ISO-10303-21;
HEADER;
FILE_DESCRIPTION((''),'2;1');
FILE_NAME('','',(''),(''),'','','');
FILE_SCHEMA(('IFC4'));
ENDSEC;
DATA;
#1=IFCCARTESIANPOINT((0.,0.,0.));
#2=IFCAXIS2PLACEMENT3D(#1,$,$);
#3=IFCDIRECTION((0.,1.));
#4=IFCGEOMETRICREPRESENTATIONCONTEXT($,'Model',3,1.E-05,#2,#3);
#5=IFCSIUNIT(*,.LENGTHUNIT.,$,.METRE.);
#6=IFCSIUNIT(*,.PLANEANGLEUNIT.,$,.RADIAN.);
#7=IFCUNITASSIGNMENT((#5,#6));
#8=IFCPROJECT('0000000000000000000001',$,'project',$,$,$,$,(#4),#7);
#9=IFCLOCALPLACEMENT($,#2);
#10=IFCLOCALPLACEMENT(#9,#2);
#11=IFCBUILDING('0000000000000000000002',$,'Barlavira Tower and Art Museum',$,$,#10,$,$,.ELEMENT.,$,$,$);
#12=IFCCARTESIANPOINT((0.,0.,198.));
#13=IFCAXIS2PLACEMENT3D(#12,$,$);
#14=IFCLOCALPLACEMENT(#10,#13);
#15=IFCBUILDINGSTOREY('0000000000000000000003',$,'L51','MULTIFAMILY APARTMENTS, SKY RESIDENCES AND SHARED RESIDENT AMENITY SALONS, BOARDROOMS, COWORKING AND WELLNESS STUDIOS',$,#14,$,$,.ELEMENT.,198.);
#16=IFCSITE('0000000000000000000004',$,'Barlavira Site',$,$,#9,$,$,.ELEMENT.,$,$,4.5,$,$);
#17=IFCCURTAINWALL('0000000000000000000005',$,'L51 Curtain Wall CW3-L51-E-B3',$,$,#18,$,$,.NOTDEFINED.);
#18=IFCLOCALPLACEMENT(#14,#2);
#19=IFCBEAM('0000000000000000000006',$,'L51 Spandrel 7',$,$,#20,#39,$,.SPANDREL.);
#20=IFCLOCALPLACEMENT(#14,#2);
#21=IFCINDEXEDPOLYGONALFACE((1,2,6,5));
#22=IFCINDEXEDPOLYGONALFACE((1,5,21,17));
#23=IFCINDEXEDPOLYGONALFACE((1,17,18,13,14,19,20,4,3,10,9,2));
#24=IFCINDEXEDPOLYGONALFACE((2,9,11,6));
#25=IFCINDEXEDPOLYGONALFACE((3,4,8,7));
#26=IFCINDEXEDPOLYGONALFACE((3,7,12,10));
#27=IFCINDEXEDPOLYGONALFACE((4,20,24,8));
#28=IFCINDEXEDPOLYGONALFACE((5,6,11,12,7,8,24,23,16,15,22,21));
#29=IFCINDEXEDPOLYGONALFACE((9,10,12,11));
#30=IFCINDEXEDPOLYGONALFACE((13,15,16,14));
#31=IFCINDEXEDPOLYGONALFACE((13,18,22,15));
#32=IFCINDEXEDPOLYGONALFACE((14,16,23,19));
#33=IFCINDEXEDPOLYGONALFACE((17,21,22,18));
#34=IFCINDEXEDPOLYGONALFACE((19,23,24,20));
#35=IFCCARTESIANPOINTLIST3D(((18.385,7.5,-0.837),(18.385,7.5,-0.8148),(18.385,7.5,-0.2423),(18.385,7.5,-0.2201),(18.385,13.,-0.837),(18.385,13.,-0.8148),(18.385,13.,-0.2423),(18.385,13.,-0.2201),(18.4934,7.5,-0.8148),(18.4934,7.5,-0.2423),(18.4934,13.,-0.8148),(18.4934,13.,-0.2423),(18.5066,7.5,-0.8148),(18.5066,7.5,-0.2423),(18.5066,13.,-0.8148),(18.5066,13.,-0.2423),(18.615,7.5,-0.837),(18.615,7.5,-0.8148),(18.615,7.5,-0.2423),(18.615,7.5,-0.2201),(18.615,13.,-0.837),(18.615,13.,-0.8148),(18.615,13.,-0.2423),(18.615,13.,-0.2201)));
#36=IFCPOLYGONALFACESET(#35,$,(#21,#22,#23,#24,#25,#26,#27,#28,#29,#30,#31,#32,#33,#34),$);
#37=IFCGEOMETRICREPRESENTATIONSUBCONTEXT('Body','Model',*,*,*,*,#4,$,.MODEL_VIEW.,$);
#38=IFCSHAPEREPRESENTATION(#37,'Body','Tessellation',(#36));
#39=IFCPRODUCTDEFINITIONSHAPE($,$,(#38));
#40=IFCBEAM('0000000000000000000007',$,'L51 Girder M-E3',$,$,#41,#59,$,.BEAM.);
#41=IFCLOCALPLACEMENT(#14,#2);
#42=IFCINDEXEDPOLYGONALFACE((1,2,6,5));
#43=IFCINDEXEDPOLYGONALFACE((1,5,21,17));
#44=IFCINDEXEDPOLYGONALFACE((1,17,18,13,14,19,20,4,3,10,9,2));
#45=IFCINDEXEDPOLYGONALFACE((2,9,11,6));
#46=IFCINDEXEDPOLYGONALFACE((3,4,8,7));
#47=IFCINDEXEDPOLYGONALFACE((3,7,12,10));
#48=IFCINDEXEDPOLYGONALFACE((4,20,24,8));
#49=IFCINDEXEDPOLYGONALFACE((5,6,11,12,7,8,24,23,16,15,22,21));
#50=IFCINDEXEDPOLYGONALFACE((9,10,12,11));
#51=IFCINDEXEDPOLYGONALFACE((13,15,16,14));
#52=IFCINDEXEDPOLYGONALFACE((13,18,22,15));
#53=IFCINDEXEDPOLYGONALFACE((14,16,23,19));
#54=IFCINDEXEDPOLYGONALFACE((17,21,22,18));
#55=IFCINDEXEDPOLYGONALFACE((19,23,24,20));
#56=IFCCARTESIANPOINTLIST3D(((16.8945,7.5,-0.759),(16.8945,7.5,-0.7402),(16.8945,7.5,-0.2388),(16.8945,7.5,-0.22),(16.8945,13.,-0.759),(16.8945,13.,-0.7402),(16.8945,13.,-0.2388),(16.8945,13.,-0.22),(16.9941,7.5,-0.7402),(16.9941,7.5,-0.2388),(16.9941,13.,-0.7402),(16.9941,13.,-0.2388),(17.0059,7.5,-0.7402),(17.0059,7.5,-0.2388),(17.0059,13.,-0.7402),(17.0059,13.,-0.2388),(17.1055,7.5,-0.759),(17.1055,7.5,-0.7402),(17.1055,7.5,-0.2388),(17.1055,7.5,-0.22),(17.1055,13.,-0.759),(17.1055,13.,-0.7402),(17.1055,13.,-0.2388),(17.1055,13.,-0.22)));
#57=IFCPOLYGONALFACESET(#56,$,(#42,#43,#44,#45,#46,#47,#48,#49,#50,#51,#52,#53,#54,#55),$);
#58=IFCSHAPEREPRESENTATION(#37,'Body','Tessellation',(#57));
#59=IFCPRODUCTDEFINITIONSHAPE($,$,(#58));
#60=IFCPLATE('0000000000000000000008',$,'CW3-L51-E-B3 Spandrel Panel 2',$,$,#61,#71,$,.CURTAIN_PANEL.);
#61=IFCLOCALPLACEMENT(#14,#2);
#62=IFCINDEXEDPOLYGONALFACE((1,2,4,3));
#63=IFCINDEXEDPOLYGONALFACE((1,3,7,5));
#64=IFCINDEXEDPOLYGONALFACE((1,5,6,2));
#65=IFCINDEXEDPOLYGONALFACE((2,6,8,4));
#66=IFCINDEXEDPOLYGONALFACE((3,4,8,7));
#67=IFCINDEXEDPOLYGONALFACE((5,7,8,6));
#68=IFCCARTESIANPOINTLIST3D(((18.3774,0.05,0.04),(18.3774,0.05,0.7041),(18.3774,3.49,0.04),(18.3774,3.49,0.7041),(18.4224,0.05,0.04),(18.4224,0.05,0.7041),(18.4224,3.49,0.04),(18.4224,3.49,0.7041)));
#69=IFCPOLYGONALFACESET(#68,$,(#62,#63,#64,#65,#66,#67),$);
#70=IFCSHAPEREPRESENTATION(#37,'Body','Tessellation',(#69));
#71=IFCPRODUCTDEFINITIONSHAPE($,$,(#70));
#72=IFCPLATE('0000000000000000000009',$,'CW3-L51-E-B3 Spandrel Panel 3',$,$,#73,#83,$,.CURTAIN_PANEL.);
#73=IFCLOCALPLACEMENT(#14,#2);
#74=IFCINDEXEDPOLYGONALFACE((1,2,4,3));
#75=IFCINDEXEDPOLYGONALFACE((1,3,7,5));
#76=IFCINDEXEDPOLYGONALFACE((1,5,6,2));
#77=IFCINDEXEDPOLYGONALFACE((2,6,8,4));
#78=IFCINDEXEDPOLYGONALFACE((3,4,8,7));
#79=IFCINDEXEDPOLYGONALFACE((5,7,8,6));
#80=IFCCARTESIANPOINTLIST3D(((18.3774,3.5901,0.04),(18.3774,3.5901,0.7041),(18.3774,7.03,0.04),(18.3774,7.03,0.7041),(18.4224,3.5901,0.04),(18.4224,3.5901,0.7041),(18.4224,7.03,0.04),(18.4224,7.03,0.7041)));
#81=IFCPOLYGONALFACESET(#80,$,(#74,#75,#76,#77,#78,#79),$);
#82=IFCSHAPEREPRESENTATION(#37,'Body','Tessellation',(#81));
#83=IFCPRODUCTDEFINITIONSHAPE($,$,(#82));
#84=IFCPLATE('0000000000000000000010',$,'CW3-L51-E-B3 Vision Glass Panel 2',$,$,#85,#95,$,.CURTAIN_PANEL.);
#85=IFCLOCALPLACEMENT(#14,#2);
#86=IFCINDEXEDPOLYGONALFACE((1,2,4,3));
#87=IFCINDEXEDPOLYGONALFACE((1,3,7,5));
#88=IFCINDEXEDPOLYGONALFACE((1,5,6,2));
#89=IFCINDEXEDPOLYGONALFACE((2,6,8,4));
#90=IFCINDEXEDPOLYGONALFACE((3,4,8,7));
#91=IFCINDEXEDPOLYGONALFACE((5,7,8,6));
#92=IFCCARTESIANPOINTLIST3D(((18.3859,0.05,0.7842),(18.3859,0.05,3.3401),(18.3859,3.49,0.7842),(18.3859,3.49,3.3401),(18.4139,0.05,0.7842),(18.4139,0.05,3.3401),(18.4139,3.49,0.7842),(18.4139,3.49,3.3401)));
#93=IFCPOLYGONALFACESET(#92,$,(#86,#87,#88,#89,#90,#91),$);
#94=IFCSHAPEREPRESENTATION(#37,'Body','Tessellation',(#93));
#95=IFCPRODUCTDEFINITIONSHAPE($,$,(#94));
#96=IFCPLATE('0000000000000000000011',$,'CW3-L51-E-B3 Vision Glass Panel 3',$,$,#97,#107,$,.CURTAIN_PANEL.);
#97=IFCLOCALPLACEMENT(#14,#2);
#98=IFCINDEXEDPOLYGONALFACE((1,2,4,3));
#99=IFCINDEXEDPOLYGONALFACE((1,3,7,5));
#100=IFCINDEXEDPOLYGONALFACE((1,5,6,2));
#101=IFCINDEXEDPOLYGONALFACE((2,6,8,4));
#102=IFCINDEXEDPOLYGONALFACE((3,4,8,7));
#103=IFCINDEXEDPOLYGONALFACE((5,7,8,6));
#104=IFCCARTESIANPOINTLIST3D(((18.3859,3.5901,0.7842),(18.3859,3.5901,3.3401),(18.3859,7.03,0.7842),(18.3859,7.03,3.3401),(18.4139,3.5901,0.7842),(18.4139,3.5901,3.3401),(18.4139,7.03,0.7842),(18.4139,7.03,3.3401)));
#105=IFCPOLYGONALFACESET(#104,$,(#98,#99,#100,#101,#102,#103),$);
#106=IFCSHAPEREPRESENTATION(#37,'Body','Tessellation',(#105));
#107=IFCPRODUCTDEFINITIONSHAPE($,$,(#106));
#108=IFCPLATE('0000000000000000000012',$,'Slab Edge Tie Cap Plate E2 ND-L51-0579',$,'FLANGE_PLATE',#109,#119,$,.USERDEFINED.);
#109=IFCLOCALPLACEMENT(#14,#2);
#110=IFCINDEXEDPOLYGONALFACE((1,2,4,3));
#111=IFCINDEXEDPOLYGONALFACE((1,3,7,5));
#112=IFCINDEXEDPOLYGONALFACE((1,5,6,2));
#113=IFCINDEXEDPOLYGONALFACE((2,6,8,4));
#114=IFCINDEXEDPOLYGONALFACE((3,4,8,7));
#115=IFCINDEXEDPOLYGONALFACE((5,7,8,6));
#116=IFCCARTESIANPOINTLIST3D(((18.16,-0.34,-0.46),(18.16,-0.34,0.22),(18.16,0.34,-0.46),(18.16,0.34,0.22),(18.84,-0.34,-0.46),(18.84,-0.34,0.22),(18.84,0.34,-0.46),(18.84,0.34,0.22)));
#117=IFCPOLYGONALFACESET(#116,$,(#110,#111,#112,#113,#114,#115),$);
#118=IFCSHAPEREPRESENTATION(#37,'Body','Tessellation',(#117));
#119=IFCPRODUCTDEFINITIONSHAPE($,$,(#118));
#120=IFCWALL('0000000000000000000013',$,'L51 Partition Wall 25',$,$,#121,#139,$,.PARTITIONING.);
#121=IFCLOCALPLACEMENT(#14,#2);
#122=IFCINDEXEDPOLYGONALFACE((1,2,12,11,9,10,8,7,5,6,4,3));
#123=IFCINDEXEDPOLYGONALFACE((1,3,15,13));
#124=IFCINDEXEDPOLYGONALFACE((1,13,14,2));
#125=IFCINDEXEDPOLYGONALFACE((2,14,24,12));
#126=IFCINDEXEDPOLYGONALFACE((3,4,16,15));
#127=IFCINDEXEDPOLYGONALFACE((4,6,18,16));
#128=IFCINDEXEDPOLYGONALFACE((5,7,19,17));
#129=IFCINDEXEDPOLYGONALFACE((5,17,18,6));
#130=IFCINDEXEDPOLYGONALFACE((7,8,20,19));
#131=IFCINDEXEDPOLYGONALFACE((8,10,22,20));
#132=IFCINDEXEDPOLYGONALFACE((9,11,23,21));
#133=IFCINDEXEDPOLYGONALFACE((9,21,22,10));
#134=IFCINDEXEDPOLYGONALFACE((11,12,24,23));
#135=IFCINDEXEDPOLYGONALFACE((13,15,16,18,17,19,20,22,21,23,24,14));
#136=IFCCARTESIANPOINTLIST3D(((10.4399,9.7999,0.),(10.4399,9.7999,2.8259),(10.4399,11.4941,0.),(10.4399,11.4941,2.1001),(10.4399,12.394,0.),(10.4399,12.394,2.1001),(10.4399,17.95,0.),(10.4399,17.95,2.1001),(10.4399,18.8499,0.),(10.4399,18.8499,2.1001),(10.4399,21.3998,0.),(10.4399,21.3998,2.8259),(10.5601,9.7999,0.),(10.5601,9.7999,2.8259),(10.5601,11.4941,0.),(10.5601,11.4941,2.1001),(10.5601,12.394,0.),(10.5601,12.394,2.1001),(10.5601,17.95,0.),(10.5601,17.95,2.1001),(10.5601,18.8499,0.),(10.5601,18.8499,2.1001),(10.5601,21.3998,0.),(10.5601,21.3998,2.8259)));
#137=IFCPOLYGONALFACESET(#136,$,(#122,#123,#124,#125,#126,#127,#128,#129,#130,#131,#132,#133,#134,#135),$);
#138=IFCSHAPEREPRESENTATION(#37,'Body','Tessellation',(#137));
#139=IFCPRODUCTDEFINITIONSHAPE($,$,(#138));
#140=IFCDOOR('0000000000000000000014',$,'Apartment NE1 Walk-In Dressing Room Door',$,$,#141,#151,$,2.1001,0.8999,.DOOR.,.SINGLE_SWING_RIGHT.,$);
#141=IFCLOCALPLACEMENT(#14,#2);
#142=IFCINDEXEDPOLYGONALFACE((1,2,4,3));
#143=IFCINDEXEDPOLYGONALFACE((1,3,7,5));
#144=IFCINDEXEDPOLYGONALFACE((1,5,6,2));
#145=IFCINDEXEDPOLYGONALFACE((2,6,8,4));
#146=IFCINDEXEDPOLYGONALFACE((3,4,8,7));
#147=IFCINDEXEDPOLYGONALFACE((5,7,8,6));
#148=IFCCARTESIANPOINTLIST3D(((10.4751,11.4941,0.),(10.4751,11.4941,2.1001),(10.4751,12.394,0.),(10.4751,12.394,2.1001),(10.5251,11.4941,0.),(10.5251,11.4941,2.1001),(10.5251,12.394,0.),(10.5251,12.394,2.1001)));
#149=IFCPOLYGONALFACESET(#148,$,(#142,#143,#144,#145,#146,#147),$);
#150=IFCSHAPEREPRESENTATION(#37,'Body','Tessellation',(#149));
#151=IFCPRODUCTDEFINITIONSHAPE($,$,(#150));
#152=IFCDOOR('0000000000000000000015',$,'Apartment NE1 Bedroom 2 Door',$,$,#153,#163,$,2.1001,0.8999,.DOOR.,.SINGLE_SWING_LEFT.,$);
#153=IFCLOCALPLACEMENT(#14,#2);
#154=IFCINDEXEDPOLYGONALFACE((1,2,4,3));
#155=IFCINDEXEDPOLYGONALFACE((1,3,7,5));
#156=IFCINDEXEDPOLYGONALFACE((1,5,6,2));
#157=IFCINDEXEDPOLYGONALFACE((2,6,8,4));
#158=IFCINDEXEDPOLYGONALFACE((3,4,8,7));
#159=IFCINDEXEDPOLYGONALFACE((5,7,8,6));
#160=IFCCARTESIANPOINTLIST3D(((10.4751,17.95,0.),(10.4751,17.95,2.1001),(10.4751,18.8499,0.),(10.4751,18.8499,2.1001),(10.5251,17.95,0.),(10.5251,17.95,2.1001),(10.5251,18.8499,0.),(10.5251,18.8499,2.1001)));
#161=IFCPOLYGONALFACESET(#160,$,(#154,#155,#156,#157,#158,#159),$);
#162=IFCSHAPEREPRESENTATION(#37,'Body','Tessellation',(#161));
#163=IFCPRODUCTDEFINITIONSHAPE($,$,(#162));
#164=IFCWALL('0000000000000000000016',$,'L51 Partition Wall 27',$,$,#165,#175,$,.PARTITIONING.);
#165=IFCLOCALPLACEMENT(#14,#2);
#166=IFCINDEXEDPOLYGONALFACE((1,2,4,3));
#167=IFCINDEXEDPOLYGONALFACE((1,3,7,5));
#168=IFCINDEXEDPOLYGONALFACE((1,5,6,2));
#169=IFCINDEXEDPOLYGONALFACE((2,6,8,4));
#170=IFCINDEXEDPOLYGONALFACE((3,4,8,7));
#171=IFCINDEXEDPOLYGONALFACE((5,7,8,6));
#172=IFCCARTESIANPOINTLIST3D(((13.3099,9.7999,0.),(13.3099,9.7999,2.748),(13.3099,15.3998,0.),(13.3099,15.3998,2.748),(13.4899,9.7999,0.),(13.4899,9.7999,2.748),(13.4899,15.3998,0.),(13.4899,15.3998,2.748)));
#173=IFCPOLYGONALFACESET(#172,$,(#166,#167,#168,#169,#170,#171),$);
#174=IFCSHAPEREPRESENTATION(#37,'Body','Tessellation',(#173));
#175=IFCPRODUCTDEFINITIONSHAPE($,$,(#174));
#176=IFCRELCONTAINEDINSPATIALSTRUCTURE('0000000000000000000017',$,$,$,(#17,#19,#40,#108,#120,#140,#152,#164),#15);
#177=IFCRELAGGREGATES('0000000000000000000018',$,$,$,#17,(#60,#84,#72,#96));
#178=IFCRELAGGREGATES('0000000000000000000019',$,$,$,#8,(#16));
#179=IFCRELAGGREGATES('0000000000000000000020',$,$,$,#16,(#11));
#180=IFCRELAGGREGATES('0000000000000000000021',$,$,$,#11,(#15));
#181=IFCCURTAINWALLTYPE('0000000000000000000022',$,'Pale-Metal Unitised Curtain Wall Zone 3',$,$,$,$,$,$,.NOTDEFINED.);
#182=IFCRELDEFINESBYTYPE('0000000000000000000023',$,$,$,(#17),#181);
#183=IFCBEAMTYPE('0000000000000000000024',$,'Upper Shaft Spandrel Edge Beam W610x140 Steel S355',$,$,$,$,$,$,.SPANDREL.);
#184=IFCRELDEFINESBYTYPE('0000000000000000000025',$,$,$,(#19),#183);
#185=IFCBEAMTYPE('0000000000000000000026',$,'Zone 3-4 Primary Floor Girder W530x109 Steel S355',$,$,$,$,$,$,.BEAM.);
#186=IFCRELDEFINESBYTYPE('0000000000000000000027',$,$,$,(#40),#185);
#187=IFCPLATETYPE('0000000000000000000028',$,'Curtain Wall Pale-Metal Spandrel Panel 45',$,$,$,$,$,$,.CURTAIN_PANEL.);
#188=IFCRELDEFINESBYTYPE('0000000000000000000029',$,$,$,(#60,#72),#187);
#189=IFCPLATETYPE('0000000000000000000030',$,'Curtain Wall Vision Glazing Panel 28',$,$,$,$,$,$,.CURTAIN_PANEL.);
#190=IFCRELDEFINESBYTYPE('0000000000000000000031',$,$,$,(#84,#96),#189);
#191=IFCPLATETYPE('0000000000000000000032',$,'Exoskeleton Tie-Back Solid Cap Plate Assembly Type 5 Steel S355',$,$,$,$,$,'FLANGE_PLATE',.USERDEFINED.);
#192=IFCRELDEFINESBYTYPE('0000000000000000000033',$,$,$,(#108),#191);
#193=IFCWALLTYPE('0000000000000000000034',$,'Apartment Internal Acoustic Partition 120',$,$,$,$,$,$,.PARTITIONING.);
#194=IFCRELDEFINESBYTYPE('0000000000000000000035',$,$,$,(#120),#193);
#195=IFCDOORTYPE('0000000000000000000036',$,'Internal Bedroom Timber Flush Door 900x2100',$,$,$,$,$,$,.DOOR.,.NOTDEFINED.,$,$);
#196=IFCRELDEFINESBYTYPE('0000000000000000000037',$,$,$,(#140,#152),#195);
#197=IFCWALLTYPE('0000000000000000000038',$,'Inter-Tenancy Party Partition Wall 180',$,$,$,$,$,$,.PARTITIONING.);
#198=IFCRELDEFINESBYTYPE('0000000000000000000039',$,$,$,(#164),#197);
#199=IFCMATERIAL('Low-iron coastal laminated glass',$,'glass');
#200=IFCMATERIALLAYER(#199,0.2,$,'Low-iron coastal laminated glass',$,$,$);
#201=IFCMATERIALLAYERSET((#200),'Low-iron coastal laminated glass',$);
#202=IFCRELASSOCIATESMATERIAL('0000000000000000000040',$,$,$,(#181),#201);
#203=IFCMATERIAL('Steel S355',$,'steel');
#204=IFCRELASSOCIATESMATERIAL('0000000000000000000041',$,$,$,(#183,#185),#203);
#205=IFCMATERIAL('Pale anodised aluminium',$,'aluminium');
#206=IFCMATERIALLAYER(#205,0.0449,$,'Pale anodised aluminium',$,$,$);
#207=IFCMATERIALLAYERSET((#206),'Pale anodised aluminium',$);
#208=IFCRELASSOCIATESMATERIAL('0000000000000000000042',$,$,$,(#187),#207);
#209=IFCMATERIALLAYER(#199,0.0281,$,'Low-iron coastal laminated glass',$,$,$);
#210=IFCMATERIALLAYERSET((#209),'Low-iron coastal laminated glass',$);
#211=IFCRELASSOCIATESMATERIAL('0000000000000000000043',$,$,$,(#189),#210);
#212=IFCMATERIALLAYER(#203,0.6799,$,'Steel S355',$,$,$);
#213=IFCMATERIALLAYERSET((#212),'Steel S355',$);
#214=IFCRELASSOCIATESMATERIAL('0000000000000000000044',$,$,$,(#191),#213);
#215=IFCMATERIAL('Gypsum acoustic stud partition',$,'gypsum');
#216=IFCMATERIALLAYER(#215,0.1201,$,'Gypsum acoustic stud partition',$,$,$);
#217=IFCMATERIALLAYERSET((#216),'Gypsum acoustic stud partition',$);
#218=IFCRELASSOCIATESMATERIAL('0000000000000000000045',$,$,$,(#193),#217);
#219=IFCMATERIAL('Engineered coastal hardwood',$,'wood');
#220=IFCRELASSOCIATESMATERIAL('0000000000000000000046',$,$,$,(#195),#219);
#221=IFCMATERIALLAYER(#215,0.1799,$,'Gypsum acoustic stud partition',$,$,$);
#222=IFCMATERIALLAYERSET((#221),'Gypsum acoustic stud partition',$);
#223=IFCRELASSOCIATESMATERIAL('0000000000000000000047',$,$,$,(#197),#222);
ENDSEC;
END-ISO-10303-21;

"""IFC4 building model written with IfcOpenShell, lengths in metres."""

from ifc_helpers import new_model, si_unit, direction, frame, frame_2d, origin, origin_2d, place, context, subcontext, project, spatial, rectangle, i_section, extrude, material, layer, layer_set, material_profile, profile_set, type_object, element, fill, aggregate, save


model = new_model("IFC4")

# Units and contexts
model_context = context("Model", 3, precision=1e-05, world=origin(), true_north=direction((0.0, 1.0)))
body_context = subcontext(model_context, "Body", "Model", "MODEL_VIEW")
ifc_project = project(units=[si_unit("LENGTHUNIT", "METRE"), si_unit("PLANEANGLEUNIT", "RADIAN")], contexts=[model_context])

# Site, building, storey
site_placement = place(None, origin())
site = spatial("IfcSite", under=ifc_project, at=site_placement, Name="Barlavira Site", CompositionType="ELEMENT", RefElevation=4.5)
building_placement = place(site_placement, origin())
building = spatial("IfcBuilding", under=site, at=building_placement, Name="Barlavira Tower and Art Museum", CompositionType="ELEMENT")
storey_placement = place(building_placement, frame((0.0, 0.0, 198.0)))
storey = spatial("IfcBuildingStorey", under=building, at=storey_placement, Name="L51", Description="MULTIFAMILY APARTMENTS, SKY RESIDENCES AND SHARED RESIDENT AMENITY SALONS, BOARDROOMS, COWORKING AND WELLNESS STUDIOS", CompositionType="ELEMENT", Elevation=198.0)

# Curtain wall
ifc_material_1 = material(Name="Low-iron coastal laminated glass", Category="glass")
ifc_layer_1 = layer(ifc_material_1, 0.2, Name="Low-iron coastal laminated glass")
ifc_layer_set_1 = layer_set([ifc_layer_1], Name="Low-iron coastal laminated glass")
curtain_wall_type = type_object("IfcCurtainWallType", Name="Pale-Metal Unitised Curtain Wall Zone 3", PredefinedType="NOTDEFINED", material=ifc_layer_set_1)
curtain_wall_placement = place(storey_placement, origin())
curtain_wall = element("IfcCurtainWall", 1, at=curtain_wall_placement, inside=storey, type_object=curtain_wall_type, Name="L51 Curtain Wall CW3-L51-E-B3", PredefinedType="NOTDEFINED")
ifc_material_2 = material(Name="Pale anodised aluminium", Category="aluminium")

# Shared definitions
ifc_material_3 = material(Name="Steel S355", Category="steel")

# Beams
ifc_material_profile_1 = material_profile(ifc_material_3, i_section(OverallWidth=0.23, OverallDepth=0.6169, WebThickness=0.0132, FlangeThickness=0.0222, at=origin_2d()), Name="W610x140.0")
ifc_profile_set_1 = profile_set([ifc_material_profile_1], Name="Steel S355")
beam_type_1 = type_object("IfcBeamType", Name="Upper Shaft Spandrel Edge Beam W610x140 Steel S355", PredefinedType="SPANDREL", material=ifc_profile_set_1)
beam_1_placement = place(storey_placement, frame((18.5, 7.5, -0.5286), z_axis=(0.0, 1.0, 0.0), x_axis=(-1.0, 0.0, 0.0)))
element("IfcBeam", 2, at=beam_1_placement, inside=storey, type_object=beam_type_1, Name="L51 Spandrel 7", PredefinedType="SPANDREL", context=body_context, shape_type="SweptSolid", body=[
    extrude(i_section(OverallWidth=0.23, OverallDepth=0.6169, WebThickness=0.0132, FlangeThickness=0.0222, at=origin_2d()), origin(), (0.0, 0.0, 1.0), 5.5),
])
ifc_material_profile_2 = material_profile(ifc_material_3, i_section(OverallWidth=0.2109, OverallDepth=0.5391, WebThickness=0.0117, FlangeThickness=0.0188, at=origin_2d()), Name="W530x109.0")
ifc_profile_set_2 = profile_set([ifc_material_profile_2], Name="Steel S355")
beam_type_2 = type_object("IfcBeamType", Name="Zone 3-4 Primary Floor Girder W530x109 Steel S355", PredefinedType="BEAM", material=ifc_profile_set_2)
beam_2_placement = place(storey_placement, frame((17.0, 7.5, -0.4895), z_axis=(0.0, 1.0, 0.0), x_axis=(-1.0, 0.0, 0.0)))
element("IfcBeam", 3, at=beam_2_placement, inside=storey, type_object=beam_type_2, Name="L51 Girder M-E3", PredefinedType="BEAM", context=body_context, shape_type="SweptSolid", body=[
    extrude(i_section(OverallWidth=0.2109, OverallDepth=0.5391, WebThickness=0.0117, FlangeThickness=0.0188, at=origin_2d()), origin(), (0.0, 0.0, 1.0), 5.5),
])

# Plates
ifc_layer_2 = layer(ifc_material_2, 0.0449, Name="Pale anodised aluminium")
ifc_layer_set_2 = layer_set([ifc_layer_2], Name="Pale anodised aluminium")
plate_type_1 = type_object("IfcPlateType", Name="Curtain Wall Pale-Metal Spandrel Panel 45", PredefinedType="CURTAIN_PANEL", material=ifc_layer_set_2)
plate_1_placement = place(storey_placement, frame((18.3999, 1.77, 0.04), z_axis=(0.0, 0.0, 1.0), x_axis=(0.0, 1.0, 0.0)))
plate_1 = element("IfcPlate", 4, at=plate_1_placement, type_object=plate_type_1, Name="CW3-L51-E-B3 Spandrel Panel 2", PredefinedType="CURTAIN_PANEL", context=body_context, shape_type="SweptSolid", body=[
    extrude(rectangle(XDim=3.4399, YDim=0.0449, at=origin_2d()), origin(), (0.0, 0.0, 1.0), 0.6641),
])
plate_2_placement = place(storey_placement, frame((18.3999, 5.3101, 0.04), z_axis=(0.0, 0.0, 1.0), x_axis=(0.0, 1.0, 0.0)))
plate_2 = element("IfcPlate", 5, at=plate_2_placement, type_object=plate_type_1, Name="CW3-L51-E-B3 Spandrel Panel 3", PredefinedType="CURTAIN_PANEL", context=body_context, shape_type="SweptSolid", body=[
    extrude(rectangle(XDim=3.4399, YDim=0.0449, at=origin_2d()), origin(), (0.0, 0.0, 1.0), 0.6641),
])
ifc_layer_3 = layer(ifc_material_1, 0.0281, Name="Low-iron coastal laminated glass")
ifc_layer_set_3 = layer_set([ifc_layer_3], Name="Low-iron coastal laminated glass")
plate_type_2 = type_object("IfcPlateType", Name="Curtain Wall Vision Glazing Panel 28", PredefinedType="CURTAIN_PANEL", material=ifc_layer_set_3)
plate_3_placement = place(storey_placement, frame((18.3999, 1.77, 0.7842), z_axis=(0.0, 0.0, 1.0), x_axis=(0.0, 1.0, 0.0)))
plate_3 = element("IfcPlate", 6, at=plate_3_placement, type_object=plate_type_2, Name="CW3-L51-E-B3 Vision Glass Panel 2", PredefinedType="CURTAIN_PANEL", context=body_context, shape_type="SweptSolid", body=[
    extrude(rectangle(XDim=3.4399, YDim=0.0281, at=origin_2d()), origin(), (0.0, 0.0, 1.0), 2.5559),
])
plate_4_placement = place(storey_placement, frame((18.3999, 5.3101, 0.7842), z_axis=(0.0, 0.0, 1.0), x_axis=(0.0, 1.0, 0.0)))
plate_4 = element("IfcPlate", 7, at=plate_4_placement, type_object=plate_type_2, Name="CW3-L51-E-B3 Vision Glass Panel 3", PredefinedType="CURTAIN_PANEL", context=body_context, shape_type="SweptSolid", body=[
    extrude(rectangle(XDim=3.4399, YDim=0.0281, at=origin_2d()), origin(), (0.0, 0.0, 1.0), 2.5559),
])
aggregate(curtain_wall, [plate_1, plate_3, plate_2, plate_4])
ifc_layer_4 = layer(ifc_material_3, 0.6799, Name="Steel S355")
ifc_layer_set_4 = layer_set([ifc_layer_4], Name="Steel S355")
plate_type_3 = type_object("IfcPlateType", Name="Exoskeleton Tie-Back Solid Cap Plate Assembly Type 5 Steel S355", ElementType="FLANGE_PLATE", PredefinedType="USERDEFINED", material=ifc_layer_set_4)
plate_5_placement = place(storey_placement, frame((18.5, 0.0, -0.46), z_axis=(0.0, 0.0, 1.0), x_axis=(1.0, 0.0, 0.0)))
element("IfcPlate", 8, at=plate_5_placement, inside=storey, type_object=plate_type_3, Name="Slab Edge Tie Cap Plate E2 ND-L51-0579", ObjectType="FLANGE_PLATE", PredefinedType="USERDEFINED", context=body_context, shape_type="SweptSolid", body=[
    extrude(rectangle(XDim=0.6799, YDim=0.6799, at=origin_2d()), origin(), (0.0, 0.0, 1.0), 0.6799),
])

# Wall, openings, doors
ifc_material_4 = material(Name="Gypsum acoustic stud partition", Category="gypsum")
ifc_layer_5 = layer(ifc_material_4, 0.1201, Name="Gypsum acoustic stud partition")
ifc_layer_set_5 = layer_set([ifc_layer_5], Name="Gypsum acoustic stud partition")
wall_type_1 = type_object("IfcWallType", Name="Apartment Internal Acoustic Partition 120", PredefinedType="PARTITIONING", material=ifc_layer_set_5)
wall_1_placement = place(storey_placement, frame((10.5, 9.8, 0.0), z_axis=(0.0, 0.0, 1.0), x_axis=(0.0, 1.0, 0.0)))
wall_1 = element("IfcWall", 9, at=wall_1_placement, inside=storey, type_object=wall_type_1, Name="L51 Partition Wall 25", PredefinedType="PARTITIONING", context=body_context, shape_type="SweptSolid", body=[
    extrude(rectangle(XDim=11.5999, YDim=0.1201, at=frame_2d((5.7998, 0.0))), origin(), (0.0, 0.0, 1.0), 2.8259),
])
opening_1_placement = place(wall_1_placement, frame((1.6941, 0.0, 0.0)))
opening_1 = element("IfcOpeningElement", 10, at=opening_1_placement, cuts=wall_1, PredefinedType="OPENING", context=body_context, shape_type="SweptSolid", body=[
    extrude(rectangle(XDim=0.8999, YDim=2.1001, at=frame_2d((0.45, 1.05))), frame((0.0, 0.0701, 0.0), z_axis=(0.0, -1.0, 0.0), x_axis=(1.0, 0.0, 0.0)), (0.0, 0.0, 1.0), 0.1401),
])
opening_2_placement = place(wall_1_placement, frame((8.1499, 0.0, 0.0)))
opening_2 = element("IfcOpeningElement", 11, at=opening_2_placement, cuts=wall_1, PredefinedType="OPENING", context=body_context, shape_type="SweptSolid", body=[
    extrude(rectangle(XDim=0.8999, YDim=2.1001, at=frame_2d((0.45, 1.05))), frame((0.0, 0.0701, 0.0), z_axis=(0.0, -1.0, 0.0), x_axis=(1.0, 0.0, 0.0)), (0.0, 0.0, 1.0), 0.1401),
])
ifc_material_5 = material(Name="Engineered coastal hardwood", Category="wood")
door_type = type_object("IfcDoorType", Name="Internal Bedroom Timber Flush Door 900x2100", OperationType="NOTDEFINED", PredefinedType="DOOR", material=ifc_material_5)
door_1_placement = place(opening_1_placement, origin())
door_1 = element("IfcDoor", 12, at=door_1_placement, inside=storey, type_object=door_type, Name="Apartment NE1 Walk-In Dressing Room Door", OperationType="SINGLE_SWING_RIGHT", OverallHeight=2.1001, OverallWidth=0.8999, PredefinedType="DOOR", context=body_context, shape_type="SweptSolid", body=[
    extrude(rectangle(XDim=0.8999, YDim=2.1001, at=frame_2d((0.45, 1.05))), frame((0.0, 0.0249, 0.0), z_axis=(0.0, -1.0, 0.0), x_axis=(1.0, 0.0, 0.0)), (0.0, 0.0, 1.0), 0.05),
])
fill(opening_1, door_1)
door_2_placement = place(opening_2_placement, origin())
door_2 = element("IfcDoor", 13, at=door_2_placement, inside=storey, type_object=door_type, Name="Apartment NE1 Bedroom 2 Door", OperationType="SINGLE_SWING_LEFT", OverallHeight=2.1001, OverallWidth=0.8999, PredefinedType="DOOR", context=body_context, shape_type="SweptSolid", body=[
    extrude(rectangle(XDim=0.8999, YDim=2.1001, at=frame_2d((0.45, 1.05))), frame((0.0, 0.0249, 0.0), z_axis=(0.0, -1.0, 0.0), x_axis=(1.0, 0.0, 0.0)), (0.0, 0.0, 1.0), 0.05),
])
fill(opening_2, door_2)

# Wall
ifc_layer_6 = layer(ifc_material_4, 0.1799, Name="Gypsum acoustic stud partition")
ifc_layer_set_6 = layer_set([ifc_layer_6], Name="Gypsum acoustic stud partition")
wall_type_2 = type_object("IfcWallType", Name="Inter-Tenancy Party Partition Wall 180", PredefinedType="PARTITIONING", material=ifc_layer_set_6)
wall_2_placement = place(storey_placement, frame((13.3999, 9.8, 0.0), z_axis=(0.0, 0.0, 1.0), x_axis=(0.0, 1.0, 0.0)))
element("IfcWall", 14, at=wall_2_placement, inside=storey, type_object=wall_type_2, Name="L51 Partition Wall 27", PredefinedType="PARTITIONING", context=body_context, shape_type="SweptSolid", body=[
    extrude(rectangle(XDim=5.5999, YDim=0.1799, at=frame_2d((2.7998, 0.0))), origin(), (0.0, 0.0, 1.0), 2.748),
])

save(model, "model.ifc")
